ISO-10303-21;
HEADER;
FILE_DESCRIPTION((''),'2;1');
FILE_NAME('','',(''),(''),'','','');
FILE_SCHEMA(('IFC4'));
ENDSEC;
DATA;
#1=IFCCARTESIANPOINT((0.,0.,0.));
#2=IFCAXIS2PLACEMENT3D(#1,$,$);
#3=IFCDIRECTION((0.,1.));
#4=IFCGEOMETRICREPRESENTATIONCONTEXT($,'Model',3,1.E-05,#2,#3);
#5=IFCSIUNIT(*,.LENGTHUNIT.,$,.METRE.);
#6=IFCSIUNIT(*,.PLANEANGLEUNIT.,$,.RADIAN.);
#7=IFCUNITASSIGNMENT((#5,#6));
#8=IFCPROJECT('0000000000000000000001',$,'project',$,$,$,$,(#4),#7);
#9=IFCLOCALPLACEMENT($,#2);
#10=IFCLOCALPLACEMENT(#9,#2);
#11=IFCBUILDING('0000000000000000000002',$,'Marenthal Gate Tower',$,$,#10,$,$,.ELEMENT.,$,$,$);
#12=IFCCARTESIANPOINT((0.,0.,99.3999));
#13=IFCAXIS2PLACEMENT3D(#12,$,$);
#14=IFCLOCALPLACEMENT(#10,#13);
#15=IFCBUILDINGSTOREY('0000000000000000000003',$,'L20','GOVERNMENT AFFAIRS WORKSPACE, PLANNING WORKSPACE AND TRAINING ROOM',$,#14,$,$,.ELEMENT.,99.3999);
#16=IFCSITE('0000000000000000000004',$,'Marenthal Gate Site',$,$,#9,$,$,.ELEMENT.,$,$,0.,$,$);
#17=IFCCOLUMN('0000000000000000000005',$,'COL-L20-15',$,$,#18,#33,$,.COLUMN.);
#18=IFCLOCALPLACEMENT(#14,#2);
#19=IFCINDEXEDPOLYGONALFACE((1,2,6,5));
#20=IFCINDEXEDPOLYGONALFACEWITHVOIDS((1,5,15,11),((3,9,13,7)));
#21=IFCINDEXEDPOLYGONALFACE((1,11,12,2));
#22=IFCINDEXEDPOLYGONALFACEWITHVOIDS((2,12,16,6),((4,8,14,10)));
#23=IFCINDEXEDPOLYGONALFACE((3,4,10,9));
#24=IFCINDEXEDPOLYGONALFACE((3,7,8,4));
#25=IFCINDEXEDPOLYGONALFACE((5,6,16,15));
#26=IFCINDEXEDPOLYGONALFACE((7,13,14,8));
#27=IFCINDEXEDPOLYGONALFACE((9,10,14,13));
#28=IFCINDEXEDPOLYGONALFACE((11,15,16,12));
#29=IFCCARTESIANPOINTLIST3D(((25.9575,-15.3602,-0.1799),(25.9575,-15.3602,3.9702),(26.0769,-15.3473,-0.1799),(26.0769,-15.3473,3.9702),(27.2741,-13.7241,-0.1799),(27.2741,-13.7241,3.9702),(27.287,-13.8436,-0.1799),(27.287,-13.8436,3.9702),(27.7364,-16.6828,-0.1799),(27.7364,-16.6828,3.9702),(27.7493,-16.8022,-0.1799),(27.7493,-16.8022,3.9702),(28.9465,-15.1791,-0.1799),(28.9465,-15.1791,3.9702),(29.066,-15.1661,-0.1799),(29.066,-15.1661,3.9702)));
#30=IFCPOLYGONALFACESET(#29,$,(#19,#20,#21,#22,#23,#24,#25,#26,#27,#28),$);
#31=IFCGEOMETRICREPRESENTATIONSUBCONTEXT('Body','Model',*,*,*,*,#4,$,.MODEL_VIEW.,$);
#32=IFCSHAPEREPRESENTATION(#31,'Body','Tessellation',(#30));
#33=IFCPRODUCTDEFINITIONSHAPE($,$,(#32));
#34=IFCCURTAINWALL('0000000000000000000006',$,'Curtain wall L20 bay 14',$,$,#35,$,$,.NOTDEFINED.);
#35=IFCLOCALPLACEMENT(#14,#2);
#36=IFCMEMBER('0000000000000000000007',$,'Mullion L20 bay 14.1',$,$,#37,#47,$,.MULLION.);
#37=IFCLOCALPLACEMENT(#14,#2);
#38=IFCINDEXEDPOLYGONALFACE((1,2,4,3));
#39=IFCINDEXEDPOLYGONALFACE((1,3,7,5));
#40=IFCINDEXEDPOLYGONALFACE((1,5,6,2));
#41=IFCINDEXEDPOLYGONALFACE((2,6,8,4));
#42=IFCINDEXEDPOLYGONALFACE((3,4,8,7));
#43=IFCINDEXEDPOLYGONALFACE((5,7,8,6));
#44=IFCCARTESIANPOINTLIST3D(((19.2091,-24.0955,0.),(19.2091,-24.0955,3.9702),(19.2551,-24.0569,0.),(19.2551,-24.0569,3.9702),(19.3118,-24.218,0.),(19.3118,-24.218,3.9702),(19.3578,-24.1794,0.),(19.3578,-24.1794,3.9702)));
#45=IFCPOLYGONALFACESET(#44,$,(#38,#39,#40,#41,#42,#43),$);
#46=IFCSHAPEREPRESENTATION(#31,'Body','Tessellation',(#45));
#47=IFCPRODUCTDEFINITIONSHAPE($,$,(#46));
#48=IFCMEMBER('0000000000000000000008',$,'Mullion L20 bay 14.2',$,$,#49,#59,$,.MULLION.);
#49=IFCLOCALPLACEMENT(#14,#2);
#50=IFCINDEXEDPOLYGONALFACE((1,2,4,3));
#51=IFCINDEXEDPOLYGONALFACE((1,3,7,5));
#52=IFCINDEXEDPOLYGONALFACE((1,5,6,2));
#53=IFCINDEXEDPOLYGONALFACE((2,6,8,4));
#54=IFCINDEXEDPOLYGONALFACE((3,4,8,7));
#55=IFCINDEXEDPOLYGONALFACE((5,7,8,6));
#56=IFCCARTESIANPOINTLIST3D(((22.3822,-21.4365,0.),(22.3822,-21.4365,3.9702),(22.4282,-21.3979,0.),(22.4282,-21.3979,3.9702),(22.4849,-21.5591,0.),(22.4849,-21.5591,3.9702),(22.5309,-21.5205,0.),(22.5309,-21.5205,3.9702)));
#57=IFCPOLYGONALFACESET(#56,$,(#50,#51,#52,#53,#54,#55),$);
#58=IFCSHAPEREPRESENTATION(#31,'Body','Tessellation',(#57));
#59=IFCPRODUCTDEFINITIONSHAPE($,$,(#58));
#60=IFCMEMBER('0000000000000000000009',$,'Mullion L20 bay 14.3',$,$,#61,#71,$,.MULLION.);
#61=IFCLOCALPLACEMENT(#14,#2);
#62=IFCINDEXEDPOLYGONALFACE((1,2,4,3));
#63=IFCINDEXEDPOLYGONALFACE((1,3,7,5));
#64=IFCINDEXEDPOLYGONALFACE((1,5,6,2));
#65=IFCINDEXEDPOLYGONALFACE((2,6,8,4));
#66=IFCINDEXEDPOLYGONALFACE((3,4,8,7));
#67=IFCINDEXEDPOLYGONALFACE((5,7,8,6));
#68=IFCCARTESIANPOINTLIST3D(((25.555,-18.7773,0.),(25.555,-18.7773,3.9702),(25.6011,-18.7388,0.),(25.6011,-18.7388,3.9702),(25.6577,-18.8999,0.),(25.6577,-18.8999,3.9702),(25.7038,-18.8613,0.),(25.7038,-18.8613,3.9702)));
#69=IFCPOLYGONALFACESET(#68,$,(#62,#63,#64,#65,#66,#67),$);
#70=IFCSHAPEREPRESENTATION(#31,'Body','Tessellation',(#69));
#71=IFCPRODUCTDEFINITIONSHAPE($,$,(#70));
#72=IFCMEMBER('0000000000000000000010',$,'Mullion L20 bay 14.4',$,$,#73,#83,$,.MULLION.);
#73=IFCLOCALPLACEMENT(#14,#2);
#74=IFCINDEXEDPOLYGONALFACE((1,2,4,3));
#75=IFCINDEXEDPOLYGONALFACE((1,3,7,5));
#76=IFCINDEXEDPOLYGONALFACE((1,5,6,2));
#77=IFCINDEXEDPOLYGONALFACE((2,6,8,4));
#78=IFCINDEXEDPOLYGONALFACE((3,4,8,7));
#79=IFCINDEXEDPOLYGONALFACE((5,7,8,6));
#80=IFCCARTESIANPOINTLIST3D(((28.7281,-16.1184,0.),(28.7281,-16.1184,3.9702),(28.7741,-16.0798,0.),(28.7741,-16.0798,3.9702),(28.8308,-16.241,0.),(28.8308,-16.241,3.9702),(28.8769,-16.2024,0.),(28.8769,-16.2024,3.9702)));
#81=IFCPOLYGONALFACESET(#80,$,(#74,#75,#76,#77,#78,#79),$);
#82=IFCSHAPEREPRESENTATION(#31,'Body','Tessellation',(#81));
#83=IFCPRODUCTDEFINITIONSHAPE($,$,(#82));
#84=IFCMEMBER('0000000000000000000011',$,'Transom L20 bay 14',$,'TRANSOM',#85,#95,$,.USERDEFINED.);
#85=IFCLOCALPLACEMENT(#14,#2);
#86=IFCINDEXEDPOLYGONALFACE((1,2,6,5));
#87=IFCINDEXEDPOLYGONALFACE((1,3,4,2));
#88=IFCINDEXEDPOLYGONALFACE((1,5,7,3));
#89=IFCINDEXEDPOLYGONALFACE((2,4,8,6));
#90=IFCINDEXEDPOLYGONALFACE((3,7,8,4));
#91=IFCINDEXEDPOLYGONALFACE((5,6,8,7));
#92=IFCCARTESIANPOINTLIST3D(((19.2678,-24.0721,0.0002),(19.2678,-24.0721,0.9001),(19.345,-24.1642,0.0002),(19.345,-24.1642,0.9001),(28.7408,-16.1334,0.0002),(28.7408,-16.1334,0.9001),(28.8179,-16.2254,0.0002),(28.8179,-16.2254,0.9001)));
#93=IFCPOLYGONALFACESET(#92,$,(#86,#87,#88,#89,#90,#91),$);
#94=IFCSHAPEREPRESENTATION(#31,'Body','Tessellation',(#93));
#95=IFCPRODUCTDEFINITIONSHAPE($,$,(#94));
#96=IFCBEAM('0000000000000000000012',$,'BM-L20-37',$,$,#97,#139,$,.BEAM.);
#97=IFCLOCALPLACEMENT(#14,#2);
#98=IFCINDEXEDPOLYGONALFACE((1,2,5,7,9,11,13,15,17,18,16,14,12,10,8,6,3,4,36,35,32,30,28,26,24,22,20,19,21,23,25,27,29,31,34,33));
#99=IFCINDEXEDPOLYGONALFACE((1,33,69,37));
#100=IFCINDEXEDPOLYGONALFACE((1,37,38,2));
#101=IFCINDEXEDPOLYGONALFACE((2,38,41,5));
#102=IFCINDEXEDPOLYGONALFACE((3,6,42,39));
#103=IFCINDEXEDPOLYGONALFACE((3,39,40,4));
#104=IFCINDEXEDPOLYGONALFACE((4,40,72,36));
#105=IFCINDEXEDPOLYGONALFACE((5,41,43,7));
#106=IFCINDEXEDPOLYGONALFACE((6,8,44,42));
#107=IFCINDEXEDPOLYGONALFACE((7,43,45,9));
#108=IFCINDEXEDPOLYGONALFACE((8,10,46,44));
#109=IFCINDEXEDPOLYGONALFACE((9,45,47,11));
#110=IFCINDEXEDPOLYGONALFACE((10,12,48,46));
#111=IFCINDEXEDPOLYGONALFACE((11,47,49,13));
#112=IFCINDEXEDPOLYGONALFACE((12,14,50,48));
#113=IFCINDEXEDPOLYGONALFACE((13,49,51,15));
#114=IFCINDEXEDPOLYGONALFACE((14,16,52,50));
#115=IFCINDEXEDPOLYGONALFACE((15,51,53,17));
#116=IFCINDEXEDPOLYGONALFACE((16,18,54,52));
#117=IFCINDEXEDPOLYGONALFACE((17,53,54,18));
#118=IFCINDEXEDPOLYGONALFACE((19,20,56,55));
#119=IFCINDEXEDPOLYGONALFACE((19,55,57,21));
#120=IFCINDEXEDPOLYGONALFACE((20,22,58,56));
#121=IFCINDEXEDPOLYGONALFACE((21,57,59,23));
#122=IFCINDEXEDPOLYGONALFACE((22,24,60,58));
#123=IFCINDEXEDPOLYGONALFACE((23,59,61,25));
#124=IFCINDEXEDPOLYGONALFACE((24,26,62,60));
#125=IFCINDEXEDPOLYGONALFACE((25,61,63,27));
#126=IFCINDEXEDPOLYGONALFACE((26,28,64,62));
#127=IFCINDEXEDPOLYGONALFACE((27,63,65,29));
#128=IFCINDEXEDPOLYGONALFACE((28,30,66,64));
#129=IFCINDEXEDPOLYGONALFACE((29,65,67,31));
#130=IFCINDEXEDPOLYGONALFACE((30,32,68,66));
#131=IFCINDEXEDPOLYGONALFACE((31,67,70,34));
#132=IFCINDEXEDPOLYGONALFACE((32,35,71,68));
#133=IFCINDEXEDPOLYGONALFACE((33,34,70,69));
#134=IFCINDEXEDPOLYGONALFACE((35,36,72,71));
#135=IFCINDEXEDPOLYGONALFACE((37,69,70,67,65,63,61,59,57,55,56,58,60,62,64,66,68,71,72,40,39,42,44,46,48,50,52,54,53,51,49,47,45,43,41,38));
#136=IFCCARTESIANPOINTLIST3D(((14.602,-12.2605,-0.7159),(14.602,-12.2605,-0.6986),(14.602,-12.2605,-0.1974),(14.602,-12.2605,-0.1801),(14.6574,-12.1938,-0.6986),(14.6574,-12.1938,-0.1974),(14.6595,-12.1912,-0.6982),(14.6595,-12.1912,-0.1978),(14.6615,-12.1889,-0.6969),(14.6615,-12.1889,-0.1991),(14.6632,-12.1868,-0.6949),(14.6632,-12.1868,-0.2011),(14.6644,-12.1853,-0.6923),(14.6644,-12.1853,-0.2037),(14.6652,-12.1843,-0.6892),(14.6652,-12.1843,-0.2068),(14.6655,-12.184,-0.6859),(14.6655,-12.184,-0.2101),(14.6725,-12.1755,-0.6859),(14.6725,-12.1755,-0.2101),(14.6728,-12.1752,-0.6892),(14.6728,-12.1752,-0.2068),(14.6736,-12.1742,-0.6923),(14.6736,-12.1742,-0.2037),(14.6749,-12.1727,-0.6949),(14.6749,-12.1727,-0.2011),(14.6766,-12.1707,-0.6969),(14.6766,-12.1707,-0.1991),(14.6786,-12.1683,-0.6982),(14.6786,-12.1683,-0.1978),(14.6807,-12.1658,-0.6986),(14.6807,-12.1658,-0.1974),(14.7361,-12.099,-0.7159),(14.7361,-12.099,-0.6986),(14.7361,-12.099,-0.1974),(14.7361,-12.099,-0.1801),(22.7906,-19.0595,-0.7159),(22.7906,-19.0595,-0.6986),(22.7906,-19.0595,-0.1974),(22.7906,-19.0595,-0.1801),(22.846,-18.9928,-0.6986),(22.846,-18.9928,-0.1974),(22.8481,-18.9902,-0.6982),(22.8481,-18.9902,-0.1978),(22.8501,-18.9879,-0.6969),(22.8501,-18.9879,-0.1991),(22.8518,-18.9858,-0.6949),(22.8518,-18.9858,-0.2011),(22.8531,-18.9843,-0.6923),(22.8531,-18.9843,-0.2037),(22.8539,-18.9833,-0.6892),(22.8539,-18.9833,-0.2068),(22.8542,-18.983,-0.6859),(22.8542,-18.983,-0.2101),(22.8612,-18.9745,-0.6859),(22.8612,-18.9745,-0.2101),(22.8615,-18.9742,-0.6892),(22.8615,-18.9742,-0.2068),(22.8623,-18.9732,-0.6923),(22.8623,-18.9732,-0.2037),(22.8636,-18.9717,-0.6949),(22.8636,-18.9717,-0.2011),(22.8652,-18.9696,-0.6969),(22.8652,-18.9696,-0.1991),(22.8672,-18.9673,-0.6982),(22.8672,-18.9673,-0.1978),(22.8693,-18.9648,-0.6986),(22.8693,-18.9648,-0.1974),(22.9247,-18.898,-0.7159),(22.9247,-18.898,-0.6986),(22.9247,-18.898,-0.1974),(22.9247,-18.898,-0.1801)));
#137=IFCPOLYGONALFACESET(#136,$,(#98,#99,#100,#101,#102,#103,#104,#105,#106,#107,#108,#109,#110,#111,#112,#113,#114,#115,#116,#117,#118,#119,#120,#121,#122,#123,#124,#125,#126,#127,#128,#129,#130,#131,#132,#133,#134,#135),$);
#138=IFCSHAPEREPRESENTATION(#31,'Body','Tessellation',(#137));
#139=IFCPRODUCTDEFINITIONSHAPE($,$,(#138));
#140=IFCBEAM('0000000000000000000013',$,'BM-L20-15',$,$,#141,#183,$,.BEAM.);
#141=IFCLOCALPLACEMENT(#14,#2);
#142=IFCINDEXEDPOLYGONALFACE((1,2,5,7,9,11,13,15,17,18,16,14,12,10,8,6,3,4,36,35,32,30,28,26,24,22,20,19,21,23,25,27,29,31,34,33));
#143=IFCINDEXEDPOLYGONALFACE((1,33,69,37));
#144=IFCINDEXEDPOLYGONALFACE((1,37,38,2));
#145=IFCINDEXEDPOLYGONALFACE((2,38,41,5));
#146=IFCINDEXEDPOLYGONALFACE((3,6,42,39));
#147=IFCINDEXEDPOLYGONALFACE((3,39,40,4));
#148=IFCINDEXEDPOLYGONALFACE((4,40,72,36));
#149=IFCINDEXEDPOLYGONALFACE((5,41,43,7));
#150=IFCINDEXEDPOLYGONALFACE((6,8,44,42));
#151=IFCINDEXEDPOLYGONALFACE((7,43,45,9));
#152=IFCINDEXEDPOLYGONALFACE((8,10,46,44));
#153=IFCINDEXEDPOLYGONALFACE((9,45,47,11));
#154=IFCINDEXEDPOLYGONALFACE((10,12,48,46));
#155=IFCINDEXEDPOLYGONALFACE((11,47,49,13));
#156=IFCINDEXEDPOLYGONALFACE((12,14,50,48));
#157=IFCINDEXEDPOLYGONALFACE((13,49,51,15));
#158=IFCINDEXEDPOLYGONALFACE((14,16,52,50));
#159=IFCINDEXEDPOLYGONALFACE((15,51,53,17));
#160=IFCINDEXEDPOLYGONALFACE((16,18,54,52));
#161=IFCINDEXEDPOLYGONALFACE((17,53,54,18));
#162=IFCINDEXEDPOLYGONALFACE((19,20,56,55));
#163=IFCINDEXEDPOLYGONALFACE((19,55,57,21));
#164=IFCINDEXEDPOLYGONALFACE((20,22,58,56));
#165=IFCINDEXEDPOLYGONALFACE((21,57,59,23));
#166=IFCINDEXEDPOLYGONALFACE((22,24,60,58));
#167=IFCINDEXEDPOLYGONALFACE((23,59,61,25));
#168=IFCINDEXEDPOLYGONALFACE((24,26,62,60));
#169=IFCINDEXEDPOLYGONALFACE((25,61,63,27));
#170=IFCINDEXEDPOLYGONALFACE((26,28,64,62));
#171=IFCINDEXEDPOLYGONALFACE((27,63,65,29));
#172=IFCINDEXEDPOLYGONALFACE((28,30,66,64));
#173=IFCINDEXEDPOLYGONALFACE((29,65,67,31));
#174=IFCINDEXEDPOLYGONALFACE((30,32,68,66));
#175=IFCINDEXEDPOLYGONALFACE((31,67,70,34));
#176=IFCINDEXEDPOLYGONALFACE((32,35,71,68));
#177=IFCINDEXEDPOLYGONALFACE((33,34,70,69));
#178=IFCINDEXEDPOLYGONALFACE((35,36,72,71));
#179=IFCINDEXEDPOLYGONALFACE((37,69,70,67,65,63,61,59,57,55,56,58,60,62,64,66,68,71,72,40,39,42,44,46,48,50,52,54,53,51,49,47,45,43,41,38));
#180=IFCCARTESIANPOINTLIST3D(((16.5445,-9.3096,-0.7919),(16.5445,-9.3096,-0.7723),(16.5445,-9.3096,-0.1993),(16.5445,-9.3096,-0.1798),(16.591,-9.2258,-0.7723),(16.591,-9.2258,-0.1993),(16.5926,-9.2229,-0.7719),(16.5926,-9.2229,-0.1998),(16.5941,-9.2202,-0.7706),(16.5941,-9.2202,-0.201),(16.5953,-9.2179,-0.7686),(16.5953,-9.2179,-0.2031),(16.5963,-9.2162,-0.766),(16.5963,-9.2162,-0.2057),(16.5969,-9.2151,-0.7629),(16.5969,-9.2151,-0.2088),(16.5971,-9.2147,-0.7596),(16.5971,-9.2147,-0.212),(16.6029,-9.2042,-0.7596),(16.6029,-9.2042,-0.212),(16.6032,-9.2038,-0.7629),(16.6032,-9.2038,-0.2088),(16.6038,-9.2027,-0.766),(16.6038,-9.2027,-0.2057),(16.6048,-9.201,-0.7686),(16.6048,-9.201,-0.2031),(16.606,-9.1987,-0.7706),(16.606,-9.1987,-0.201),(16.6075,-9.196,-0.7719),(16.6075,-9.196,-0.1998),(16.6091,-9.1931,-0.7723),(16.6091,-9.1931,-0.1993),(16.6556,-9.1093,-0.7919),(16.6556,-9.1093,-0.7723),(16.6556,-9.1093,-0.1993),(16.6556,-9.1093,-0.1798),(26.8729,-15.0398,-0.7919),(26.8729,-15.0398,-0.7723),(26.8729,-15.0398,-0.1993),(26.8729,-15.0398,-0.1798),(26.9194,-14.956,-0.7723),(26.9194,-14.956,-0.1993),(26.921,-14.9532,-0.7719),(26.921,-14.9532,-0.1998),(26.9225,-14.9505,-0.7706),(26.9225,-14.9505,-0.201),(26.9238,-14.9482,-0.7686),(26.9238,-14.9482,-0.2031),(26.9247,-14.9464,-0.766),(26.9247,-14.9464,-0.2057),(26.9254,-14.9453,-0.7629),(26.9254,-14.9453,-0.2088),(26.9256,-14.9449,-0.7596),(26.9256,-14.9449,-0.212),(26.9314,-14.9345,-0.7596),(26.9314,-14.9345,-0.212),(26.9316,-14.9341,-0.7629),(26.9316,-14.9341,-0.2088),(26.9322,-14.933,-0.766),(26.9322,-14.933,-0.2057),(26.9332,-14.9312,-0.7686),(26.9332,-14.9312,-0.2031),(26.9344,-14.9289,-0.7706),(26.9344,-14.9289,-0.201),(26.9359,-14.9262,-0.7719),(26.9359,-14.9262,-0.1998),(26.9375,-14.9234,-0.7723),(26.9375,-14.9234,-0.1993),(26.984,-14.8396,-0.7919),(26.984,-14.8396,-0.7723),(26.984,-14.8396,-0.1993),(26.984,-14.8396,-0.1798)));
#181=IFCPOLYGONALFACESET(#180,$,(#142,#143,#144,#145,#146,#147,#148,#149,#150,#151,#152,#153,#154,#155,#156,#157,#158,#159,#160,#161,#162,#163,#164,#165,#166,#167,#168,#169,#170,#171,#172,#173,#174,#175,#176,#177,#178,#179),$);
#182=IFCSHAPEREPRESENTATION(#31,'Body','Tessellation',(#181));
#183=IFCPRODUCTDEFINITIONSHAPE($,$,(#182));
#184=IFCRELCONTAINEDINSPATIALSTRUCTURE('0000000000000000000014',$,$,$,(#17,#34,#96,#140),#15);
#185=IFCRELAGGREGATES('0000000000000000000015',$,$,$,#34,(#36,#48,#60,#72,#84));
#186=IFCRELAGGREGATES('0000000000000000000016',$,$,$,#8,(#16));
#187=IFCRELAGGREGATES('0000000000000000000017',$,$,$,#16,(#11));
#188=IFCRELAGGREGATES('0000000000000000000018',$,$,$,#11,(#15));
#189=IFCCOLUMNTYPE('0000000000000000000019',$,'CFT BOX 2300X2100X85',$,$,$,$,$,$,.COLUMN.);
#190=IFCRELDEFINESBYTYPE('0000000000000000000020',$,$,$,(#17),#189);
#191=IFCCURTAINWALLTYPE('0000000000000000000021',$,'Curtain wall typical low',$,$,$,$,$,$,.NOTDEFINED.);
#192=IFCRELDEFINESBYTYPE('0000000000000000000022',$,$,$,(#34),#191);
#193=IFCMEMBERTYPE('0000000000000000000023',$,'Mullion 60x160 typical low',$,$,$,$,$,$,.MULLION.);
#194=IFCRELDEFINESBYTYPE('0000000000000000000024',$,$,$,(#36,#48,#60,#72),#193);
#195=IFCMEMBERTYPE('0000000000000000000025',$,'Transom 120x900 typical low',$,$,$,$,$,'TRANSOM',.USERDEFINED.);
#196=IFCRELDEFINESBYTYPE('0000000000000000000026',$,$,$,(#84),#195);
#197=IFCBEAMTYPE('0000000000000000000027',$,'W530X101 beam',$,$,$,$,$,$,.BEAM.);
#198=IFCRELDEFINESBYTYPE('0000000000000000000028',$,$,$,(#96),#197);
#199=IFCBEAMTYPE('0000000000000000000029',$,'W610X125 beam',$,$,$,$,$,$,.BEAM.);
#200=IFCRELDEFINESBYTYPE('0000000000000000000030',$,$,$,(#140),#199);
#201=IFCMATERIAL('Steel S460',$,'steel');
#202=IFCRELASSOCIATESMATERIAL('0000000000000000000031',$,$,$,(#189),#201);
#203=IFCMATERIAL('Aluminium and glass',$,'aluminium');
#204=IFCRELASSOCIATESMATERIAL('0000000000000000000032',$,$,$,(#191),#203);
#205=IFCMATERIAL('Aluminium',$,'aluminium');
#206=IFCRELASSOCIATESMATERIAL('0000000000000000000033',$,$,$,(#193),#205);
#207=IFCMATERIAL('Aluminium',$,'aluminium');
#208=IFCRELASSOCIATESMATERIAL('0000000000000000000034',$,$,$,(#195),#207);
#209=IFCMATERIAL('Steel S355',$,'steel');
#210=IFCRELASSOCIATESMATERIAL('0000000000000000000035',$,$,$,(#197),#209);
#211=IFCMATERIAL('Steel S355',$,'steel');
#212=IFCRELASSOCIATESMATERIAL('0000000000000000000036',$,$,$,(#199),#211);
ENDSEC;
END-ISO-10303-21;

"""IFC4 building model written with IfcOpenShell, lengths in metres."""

from ifc_helpers import new_model, si_unit, direction, frame, origin, origin_2d, place, context, subcontext, project, spatial, rectangle, hollow_rectangle, i_section, extrude, material, material_profile, profile_set, type_object, element, aggregate, save


model = new_model("IFC4")

# Units and contexts
model_context = context("Model", 3, precision=1e-05, world=origin(), true_north=direction((0.0, 1.0)))
body_context = subcontext(model_context, "Body", "Model", "MODEL_VIEW")
ifc_project = project(units=[si_unit("LENGTHUNIT", "METRE"), si_unit("PLANEANGLEUNIT", "RADIAN")], contexts=[model_context])

# Site, building, storey
site_placement = place(None, origin())
site = spatial("IfcSite", under=ifc_project, at=site_placement, Name="Marenthal Gate Site", CompositionType="ELEMENT", RefElevation=0.0)
building_placement = place(site_placement, origin())
building = spatial("IfcBuilding", under=site, at=building_placement, Name="Marenthal Gate Tower", CompositionType="ELEMENT")
storey_placement = place(building_placement, frame((0.0, 0.0, 99.3999)))
storey = spatial("IfcBuildingStorey", under=building, at=storey_placement, Name="L20", Description="GOVERNMENT AFFAIRS WORKSPACE, PLANNING WORKSPACE AND TRAINING ROOM", CompositionType="ELEMENT", Elevation=99.3999)

# Column
ifc_material_1 = material(Name="Steel S460", Category="steel")
ifc_material_profile_1 = material_profile(ifc_material_1, hollow_rectangle(XDim=2.1001, YDim=2.3, WallThickness=0.085, at=origin_2d()), Name="CFT BOX 2300X2100X85")
ifc_material_2 = material(Name="Concrete 70 MPa", Category="concrete")
ifc_material_profile_2 = material_profile(ifc_material_2, rectangle(XDim=1.9299, YDim=2.1299, at=origin_2d()), Name="CFT BOX 2300X2100X85 INFILL")
ifc_profile_set_1 = profile_set([ifc_material_profile_1, ifc_material_profile_2], Name="Steel S460 shell, Concrete 70 MPa infill")
column_type = type_object("IfcColumnType", Name="CFT BOX 2300X2100X85", PredefinedType="COLUMN", material=ifc_profile_set_1)
column_placement = place(storey_placement, frame((27.5117, -15.2632, -0.1799), z_axis=(0.0, 0.0, 1.0), x_axis=(-0.626945, -0.779063, 0.0)))
element("IfcColumn", 1, at=column_placement, inside=storey, type_object=column_type, Name="COL-L20-15", PredefinedType="COLUMN", context=body_context, shape_type="SweptSolid", body=[
    extrude(hollow_rectangle(XDim=2.1001, YDim=2.3, WallThickness=0.085, at=origin_2d()), origin(), (0.0, 0.0, 1.0), 4.1501),
])

# Curtain wall, members
ifc_material_3 = material(Name="Aluminium and glass", Category="aluminium")
curtain_wall_type = type_object("IfcCurtainWallType", Name="Curtain wall typical low", PredefinedType="NOTDEFINED", material=ifc_material_3)
curtain_wall_placement = place(storey_placement, origin())
curtain_wall = element("IfcCurtainWall", 2, at=curtain_wall_placement, inside=storey, type_object=curtain_wall_type, Name="Curtain wall L20 bay 14", PredefinedType="NOTDEFINED")
ifc_material_4 = material(Name="Aluminium", Category="aluminium")
ifc_material_profile_3 = material_profile(ifc_material_4, rectangle(XDim=0.1599, YDim=0.0601, at=origin_2d()), Name="60x160 aluminium mullion")
ifc_profile_set_2 = profile_set([ifc_material_profile_3], Name="Aluminium")
member_type_1 = type_object("IfcMemberType", Name="Mullion 60x160 typical low", PredefinedType="MULLION", material=ifc_profile_set_2)
member_1_placement = place(storey_placement, frame((19.2834, -24.1375, 0.0), z_axis=(0.0, 0.0, 1.0), x_axis=(-0.642308, 0.766447, 0.0)))
member_1 = element("IfcMember", 3, at=member_1_placement, type_object=member_type_1, Name="Mullion L20 bay 14.1", PredefinedType="MULLION", context=body_context, shape_type="SweptSolid", body=[
    extrude(rectangle(XDim=0.1599, YDim=0.0601, at=origin_2d()), origin(), (0.0, 0.0, 1.0), 3.9702),
])
member_2_placement = place(storey_placement, frame((22.4565, -21.4785, 0.0), z_axis=(0.0, 0.0, 1.0), x_axis=(-0.642308, 0.766447, 0.0)))
member_2 = element("IfcMember", 4, at=member_2_placement, type_object=member_type_1, Name="Mullion L20 bay 14.2", PredefinedType="MULLION", context=body_context, shape_type="SweptSolid", body=[
    extrude(rectangle(XDim=0.1599, YDim=0.0601, at=origin_2d()), origin(), (0.0, 0.0, 1.0), 3.9702),
])
member_3_placement = place(storey_placement, frame((25.6294, -18.8193, 0.0), z_axis=(0.0, 0.0, 1.0), x_axis=(-0.642308, 0.766447, 0.0)))
member_3 = element("IfcMember", 5, at=member_3_placement, type_object=member_type_1, Name="Mullion L20 bay 14.3", PredefinedType="MULLION", context=body_context, shape_type="SweptSolid", body=[
    extrude(rectangle(XDim=0.1599, YDim=0.0601, at=origin_2d()), origin(), (0.0, 0.0, 1.0), 3.9702),
])
member_4_placement = place(storey_placement, frame((28.8025, -16.1604, 0.0), z_axis=(0.0, 0.0, 1.0), x_axis=(-0.642308, 0.766447, 0.0)))
member_4 = element("IfcMember", 6, at=member_4_placement, type_object=member_type_1, Name="Mullion L20 bay 14.4", PredefinedType="MULLION", context=body_context, shape_type="SweptSolid", body=[
    extrude(rectangle(XDim=0.1599, YDim=0.0601, at=origin_2d()), origin(), (0.0, 0.0, 1.0), 3.9702),
])
ifc_material_5 = material(Name="Aluminium", Category="aluminium")
ifc_material_profile_4 = material_profile(ifc_material_5, rectangle(XDim=0.1201, YDim=0.8999, at=origin_2d()), Name="120x900 aluminium transom")
ifc_profile_set_3 = profile_set([ifc_material_profile_4], Name="Aluminium")
member_type_2 = type_object("IfcMemberType", Name="Transom 120x900 typical low", ElementType="TRANSOM", PredefinedType="USERDEFINED", material=ifc_profile_set_3)
member_5_placement = place(storey_placement, frame((19.3064, -24.1182, 0.4502), z_axis=(0.766442, 0.642313, 0.0), x_axis=(-0.642313, 0.766442, 0.0)))
member_5 = element("IfcMember", 7, at=member_5_placement, type_object=member_type_2, Name="Transom L20 bay 14", ObjectType="TRANSOM", PredefinedType="USERDEFINED", context=body_context, shape_type="SweptSolid", body=[
    extrude(rectangle(XDim=0.1201, YDim=0.8999, at=origin_2d()), origin(), (0.0, 0.0, 1.0), 12.3596),
])

# Beams
ifc_material_6 = material(Name="Steel S355", Category="steel")
ifc_material_profile_5 = material_profile(ifc_material_6, i_section(OverallWidth=0.21, OverallDepth=0.5359, WebThickness=0.011, FlangeThickness=0.0173, FilletRadius=0.0127, at=origin_2d()), Name="W530X101")
ifc_profile_set_4 = profile_set([ifc_material_profile_5], Name="Steel S355")
beam_type_1 = type_object("IfcBeamType", Name="W530X101 beam", PredefinedType="BEAM", material=ifc_profile_set_4)
beam_1_placement = place(storey_placement, frame((22.8577, -18.9788, -0.448), z_axis=(-0.769369, 0.638805, 0.0), x_axis=(-0.638805, -0.769369, 0.0)))
element("IfcBeam", 8, at=beam_1_placement, inside=storey, type_object=beam_type_1, Name="BM-L20-37", PredefinedType="BEAM", context=body_context, shape_type="SweptSolid", body=[
    extrude(i_section(OverallWidth=0.21, OverallDepth=0.5359, WebThickness=0.011, FlangeThickness=0.0173, FilletRadius=0.0127, at=origin_2d()), origin(), (0.0, 0.0, 1.0), 10.6433),
])
ifc_material_7 = material(Name="Steel S355", Category="steel")
ifc_material_profile_6 = material_profile(ifc_material_7, i_section(OverallWidth=0.229, OverallDepth=0.6121, WebThickness=0.012, FlangeThickness=0.0195, FilletRadius=0.0127, at=origin_2d()), Name="W610X125")
ifc_profile_set_5 = profile_set([ifc_material_profile_6], Name="Steel S355")
beam_type_2 = type_object("IfcBeamType", Name="W610X125 beam", PredefinedType="BEAM", material=ifc_profile_set_5)
beam_2_placement = place(storey_placement, frame((26.9285, -14.9397, -0.4858), z_axis=(-0.874436, 0.485141, 0.0), x_axis=(-0.485141, -0.874436, 0.0)))
element("IfcBeam", 9, at=beam_2_placement, inside=storey, type_object=beam_type_2, Name="BM-L20-15", PredefinedType="BEAM", context=body_context, shape_type="SweptSolid", body=[
    extrude(i_section(OverallWidth=0.229, OverallDepth=0.6121, WebThickness=0.012, FlangeThickness=0.0195, FilletRadius=0.0127, at=origin_2d()), origin(), (0.0, 0.0, 1.0), 11.8115),
])

aggregate(curtain_wall, [member_1, member_2, member_3, member_4, member_5])

save(model, "model.ifc")
